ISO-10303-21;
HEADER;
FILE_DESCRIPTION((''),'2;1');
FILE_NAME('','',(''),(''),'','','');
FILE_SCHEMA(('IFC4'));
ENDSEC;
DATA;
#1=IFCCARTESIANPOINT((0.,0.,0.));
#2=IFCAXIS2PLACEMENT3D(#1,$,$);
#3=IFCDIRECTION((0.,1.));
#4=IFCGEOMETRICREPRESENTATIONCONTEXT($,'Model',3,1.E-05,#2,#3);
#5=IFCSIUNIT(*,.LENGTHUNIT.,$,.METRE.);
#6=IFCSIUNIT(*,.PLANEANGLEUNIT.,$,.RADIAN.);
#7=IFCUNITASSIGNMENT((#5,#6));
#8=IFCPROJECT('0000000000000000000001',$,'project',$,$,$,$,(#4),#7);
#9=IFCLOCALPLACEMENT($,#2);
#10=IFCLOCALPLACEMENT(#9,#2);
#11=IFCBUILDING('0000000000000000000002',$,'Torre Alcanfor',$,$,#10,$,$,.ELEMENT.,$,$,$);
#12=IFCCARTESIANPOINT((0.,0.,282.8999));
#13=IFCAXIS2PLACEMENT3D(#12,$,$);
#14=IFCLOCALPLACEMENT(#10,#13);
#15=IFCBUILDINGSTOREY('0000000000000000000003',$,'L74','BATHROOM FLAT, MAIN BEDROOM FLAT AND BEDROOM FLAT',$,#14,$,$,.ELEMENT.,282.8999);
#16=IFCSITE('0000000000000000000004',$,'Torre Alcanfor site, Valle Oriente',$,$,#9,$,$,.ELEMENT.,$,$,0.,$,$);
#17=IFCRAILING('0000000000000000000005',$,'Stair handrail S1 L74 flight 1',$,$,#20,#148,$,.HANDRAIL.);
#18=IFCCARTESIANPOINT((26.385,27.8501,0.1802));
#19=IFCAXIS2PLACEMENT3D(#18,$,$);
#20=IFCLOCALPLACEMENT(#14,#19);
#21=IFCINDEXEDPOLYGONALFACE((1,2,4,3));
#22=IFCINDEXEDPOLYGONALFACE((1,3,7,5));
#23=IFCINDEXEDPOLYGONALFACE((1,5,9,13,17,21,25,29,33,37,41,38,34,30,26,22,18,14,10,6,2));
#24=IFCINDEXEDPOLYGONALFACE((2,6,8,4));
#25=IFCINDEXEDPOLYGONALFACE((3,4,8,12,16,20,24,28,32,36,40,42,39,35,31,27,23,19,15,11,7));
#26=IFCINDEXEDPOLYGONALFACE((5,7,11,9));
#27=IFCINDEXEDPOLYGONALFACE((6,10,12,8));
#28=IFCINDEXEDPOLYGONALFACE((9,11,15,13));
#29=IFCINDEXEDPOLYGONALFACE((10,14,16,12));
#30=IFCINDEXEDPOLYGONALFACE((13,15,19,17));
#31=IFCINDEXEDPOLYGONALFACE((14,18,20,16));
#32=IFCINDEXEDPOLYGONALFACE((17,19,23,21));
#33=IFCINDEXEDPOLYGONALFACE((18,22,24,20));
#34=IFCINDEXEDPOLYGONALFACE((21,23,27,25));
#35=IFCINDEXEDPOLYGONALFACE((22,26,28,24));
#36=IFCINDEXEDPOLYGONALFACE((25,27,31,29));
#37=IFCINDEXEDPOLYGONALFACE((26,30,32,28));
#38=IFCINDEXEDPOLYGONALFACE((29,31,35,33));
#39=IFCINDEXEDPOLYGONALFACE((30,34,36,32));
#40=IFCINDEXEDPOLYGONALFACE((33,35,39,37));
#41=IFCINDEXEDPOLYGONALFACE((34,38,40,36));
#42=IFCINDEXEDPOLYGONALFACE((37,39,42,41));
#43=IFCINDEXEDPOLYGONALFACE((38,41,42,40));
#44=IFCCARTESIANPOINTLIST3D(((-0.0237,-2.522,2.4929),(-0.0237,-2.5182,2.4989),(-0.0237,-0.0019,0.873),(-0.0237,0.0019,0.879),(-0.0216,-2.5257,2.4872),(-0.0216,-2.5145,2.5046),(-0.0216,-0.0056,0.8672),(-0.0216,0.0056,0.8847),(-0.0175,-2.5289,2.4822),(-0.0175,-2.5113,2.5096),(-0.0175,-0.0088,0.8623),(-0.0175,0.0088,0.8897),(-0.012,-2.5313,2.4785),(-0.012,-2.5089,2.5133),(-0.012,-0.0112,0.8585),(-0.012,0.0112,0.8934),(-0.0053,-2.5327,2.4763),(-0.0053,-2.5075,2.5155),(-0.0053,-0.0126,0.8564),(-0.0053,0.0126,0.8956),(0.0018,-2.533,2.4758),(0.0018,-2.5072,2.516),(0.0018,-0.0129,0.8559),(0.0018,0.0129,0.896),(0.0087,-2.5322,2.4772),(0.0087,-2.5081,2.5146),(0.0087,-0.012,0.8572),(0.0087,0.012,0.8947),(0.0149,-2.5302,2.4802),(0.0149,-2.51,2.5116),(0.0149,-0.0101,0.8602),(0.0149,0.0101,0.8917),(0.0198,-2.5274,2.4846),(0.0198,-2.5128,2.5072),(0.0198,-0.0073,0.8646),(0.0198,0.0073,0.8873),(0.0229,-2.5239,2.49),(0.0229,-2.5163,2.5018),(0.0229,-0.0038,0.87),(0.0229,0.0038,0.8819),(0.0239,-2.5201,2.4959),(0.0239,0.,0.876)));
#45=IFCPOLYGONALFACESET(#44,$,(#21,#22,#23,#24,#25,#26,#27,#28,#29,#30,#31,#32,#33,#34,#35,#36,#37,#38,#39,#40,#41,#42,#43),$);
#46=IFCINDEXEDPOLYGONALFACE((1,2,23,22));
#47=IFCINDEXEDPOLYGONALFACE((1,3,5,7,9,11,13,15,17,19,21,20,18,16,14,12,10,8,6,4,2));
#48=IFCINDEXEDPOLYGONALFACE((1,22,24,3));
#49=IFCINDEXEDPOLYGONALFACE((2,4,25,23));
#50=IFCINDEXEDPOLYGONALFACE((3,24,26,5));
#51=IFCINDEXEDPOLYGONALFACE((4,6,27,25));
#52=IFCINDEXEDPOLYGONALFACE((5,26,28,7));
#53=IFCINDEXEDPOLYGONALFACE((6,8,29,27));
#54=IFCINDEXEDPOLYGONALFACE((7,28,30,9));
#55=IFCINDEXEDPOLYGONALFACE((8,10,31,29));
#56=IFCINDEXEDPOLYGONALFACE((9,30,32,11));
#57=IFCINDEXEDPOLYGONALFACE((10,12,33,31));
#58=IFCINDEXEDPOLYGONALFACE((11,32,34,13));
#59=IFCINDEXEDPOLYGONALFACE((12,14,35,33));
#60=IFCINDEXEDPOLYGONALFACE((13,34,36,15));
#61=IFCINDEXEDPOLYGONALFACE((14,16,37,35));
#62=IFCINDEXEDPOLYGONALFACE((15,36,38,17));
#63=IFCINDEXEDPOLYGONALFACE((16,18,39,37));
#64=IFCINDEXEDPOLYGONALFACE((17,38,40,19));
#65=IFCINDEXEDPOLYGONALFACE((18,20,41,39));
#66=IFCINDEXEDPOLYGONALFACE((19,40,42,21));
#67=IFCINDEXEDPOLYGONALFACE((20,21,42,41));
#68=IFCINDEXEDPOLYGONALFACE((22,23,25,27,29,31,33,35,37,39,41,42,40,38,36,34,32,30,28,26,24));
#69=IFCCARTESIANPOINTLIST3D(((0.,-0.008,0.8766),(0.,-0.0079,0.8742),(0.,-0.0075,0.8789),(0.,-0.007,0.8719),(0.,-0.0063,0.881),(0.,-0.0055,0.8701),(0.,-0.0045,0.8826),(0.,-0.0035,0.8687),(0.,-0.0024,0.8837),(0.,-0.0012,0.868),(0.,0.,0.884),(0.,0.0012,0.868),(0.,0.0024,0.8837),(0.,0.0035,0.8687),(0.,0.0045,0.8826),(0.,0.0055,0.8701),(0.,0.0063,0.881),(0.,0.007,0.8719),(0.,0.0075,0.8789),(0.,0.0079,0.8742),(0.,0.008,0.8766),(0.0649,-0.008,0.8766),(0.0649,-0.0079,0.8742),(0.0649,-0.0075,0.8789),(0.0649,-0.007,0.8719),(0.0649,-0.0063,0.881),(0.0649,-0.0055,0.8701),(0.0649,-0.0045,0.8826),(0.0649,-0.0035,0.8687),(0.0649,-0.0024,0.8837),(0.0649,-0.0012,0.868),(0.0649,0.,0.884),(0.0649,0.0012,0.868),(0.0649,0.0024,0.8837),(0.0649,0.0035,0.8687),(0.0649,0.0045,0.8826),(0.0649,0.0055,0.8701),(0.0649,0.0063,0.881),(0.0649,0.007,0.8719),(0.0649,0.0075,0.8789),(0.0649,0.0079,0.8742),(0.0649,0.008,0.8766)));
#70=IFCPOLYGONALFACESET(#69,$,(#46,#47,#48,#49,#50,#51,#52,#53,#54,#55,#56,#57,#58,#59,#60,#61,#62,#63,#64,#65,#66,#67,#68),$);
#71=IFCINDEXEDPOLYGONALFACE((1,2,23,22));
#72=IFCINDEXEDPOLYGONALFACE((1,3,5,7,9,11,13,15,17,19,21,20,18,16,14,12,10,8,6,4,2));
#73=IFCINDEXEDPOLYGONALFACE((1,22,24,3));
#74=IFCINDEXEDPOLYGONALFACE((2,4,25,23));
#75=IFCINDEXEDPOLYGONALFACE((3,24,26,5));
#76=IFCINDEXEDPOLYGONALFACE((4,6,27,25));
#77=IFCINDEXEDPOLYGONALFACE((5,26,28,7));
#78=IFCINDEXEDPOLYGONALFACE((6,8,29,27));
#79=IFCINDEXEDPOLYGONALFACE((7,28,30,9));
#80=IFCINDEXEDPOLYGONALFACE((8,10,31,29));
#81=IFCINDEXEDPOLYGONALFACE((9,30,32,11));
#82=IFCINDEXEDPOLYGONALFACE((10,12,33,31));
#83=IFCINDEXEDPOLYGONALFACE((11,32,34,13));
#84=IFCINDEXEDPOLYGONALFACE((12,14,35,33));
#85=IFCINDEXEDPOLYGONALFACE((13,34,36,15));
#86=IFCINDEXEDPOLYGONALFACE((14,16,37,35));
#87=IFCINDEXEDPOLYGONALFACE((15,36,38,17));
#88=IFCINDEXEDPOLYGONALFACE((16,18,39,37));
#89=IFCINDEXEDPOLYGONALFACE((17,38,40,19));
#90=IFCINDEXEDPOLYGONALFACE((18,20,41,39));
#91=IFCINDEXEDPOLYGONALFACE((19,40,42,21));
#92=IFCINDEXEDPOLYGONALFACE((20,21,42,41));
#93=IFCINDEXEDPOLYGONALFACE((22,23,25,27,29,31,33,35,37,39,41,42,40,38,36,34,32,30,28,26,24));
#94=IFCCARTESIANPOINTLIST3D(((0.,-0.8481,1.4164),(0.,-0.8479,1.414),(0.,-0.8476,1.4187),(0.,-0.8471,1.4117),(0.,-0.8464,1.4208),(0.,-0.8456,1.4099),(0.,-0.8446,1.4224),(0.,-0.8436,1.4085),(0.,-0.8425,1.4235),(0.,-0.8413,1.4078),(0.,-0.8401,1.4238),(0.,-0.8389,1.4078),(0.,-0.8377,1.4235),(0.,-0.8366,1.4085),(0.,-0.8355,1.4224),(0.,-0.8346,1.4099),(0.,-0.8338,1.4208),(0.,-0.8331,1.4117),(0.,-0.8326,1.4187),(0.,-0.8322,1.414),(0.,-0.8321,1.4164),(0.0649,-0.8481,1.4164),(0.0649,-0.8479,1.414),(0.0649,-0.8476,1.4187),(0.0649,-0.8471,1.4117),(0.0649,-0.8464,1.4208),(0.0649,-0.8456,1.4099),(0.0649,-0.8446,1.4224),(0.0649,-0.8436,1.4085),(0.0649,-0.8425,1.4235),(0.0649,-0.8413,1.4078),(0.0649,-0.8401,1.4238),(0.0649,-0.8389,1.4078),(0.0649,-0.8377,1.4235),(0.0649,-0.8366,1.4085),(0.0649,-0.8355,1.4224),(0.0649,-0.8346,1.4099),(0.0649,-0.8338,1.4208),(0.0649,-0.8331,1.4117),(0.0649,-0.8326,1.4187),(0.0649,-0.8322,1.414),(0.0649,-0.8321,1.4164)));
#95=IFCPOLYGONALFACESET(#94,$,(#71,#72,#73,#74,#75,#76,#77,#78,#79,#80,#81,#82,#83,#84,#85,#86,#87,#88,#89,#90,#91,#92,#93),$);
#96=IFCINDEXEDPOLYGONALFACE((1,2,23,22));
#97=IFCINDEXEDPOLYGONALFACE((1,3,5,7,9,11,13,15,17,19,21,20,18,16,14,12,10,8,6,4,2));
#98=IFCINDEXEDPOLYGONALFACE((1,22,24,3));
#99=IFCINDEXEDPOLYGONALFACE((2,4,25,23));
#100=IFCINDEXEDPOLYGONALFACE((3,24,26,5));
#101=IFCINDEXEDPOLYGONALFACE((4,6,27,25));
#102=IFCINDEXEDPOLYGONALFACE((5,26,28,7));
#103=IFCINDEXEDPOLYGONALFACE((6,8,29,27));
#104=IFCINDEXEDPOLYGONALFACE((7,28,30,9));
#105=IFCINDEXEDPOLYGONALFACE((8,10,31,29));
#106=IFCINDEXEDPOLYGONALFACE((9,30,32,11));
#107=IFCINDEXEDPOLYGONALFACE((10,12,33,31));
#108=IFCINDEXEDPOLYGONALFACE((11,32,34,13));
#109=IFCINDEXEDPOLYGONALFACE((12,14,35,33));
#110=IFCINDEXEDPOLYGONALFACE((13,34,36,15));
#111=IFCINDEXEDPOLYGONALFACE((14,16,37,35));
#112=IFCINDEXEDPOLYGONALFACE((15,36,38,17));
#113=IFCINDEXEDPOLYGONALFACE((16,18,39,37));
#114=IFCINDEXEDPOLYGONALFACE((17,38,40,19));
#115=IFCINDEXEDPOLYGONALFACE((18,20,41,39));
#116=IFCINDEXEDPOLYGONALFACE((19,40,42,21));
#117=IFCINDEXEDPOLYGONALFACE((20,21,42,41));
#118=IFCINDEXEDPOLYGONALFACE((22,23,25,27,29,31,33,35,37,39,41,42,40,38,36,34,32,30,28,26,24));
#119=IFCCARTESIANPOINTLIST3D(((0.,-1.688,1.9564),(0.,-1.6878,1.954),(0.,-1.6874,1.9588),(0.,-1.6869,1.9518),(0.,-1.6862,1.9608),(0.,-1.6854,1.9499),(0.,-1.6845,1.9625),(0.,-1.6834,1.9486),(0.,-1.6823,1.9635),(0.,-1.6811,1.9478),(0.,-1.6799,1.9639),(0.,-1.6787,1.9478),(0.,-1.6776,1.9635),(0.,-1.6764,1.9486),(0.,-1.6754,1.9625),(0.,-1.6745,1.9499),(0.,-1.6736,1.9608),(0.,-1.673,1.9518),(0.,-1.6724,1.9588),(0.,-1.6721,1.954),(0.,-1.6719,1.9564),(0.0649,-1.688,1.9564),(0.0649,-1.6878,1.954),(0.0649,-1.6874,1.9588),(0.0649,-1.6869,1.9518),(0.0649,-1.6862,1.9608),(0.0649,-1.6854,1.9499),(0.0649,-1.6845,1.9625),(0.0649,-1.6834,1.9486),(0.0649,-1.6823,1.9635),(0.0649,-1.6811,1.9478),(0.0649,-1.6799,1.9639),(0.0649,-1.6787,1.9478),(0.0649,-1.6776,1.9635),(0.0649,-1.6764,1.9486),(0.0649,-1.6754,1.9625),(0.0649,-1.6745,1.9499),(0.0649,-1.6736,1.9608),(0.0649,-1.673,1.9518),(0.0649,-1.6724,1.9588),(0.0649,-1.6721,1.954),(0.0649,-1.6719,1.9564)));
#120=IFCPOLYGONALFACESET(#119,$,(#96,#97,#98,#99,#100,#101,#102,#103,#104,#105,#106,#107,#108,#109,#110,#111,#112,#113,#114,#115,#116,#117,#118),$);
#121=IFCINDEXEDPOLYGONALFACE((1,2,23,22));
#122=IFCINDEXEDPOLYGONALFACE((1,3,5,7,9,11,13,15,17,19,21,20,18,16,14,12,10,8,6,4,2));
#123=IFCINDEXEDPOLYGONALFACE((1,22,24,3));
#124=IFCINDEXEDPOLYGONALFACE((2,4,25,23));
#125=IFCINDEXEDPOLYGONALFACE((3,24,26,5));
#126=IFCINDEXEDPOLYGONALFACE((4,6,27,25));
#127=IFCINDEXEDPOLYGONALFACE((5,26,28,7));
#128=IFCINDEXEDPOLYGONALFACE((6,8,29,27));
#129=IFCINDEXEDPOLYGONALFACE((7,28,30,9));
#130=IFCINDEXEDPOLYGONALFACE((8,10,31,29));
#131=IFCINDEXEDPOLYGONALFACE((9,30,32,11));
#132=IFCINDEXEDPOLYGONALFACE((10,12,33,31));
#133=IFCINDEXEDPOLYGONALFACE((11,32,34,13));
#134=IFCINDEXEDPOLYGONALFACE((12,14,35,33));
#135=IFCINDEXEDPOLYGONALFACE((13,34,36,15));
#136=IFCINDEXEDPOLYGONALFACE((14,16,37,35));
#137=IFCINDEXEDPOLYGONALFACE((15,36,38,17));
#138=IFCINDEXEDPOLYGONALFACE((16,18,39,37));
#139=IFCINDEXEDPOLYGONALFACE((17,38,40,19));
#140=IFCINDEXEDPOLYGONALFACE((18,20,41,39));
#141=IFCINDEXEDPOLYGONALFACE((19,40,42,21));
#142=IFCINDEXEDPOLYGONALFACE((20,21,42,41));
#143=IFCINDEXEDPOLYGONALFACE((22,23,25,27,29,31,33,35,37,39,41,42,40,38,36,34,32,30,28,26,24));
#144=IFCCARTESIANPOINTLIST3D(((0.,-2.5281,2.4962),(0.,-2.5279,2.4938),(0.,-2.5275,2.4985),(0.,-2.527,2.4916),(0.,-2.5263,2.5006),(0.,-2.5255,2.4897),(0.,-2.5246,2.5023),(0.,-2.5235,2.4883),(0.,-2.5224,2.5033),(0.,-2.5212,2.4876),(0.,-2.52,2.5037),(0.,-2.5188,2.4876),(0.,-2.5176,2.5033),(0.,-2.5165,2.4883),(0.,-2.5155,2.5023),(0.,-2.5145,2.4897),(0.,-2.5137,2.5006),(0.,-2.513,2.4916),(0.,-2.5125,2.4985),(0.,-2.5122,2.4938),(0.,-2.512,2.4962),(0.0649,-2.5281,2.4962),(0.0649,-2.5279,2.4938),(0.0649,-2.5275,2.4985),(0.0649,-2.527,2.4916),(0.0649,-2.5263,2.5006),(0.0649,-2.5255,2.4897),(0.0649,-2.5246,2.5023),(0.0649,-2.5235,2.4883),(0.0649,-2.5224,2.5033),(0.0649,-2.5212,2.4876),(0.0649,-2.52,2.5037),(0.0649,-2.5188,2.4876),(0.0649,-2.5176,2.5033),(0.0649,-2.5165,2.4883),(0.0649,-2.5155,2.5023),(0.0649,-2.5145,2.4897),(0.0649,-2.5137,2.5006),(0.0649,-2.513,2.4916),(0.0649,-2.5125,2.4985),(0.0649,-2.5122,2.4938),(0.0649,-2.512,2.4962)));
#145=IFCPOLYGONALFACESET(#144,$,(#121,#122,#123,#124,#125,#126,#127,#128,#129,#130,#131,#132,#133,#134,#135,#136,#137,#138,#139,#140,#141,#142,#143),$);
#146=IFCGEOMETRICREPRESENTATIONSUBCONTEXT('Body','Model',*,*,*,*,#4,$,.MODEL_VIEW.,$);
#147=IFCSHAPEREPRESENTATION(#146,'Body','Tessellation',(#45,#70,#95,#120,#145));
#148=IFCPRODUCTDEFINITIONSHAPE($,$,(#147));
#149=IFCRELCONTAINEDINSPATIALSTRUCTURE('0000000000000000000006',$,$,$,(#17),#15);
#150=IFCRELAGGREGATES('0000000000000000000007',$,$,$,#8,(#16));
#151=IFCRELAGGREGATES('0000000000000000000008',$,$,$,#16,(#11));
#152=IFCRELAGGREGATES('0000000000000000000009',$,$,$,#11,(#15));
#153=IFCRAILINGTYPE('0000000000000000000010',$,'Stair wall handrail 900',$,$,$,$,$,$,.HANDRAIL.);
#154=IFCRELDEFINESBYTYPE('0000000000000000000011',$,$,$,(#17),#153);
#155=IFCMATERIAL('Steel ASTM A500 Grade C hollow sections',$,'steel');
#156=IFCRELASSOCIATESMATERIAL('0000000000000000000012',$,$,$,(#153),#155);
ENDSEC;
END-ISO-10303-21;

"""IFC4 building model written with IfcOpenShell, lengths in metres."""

from ifc_helpers import new_model, si_unit, direction, frame, origin, origin_2d, place, context, subcontext, project, spatial, circle, extrude, material, type_object, element, save


model = new_model("IFC4")

# Units and contexts
model_context = context("Model", 3, precision=1e-05, world=origin(), true_north=direction((0.0, 1.0)))
body_context = subcontext(model_context, "Body", "Model", "MODEL_VIEW")
ifc_project = project(units=[si_unit("LENGTHUNIT", "METRE"), si_unit("PLANEANGLEUNIT", "RADIAN")], contexts=[model_context])

# Site, building, storey
site_placement = place(None, origin())
site = spatial("IfcSite", under=ifc_project, at=site_placement, Name="Torre Alcanfor site, Valle Oriente", CompositionType="ELEMENT", RefElevation=0.0)
building_placement = place(site_placement, origin())
building = spatial("IfcBuilding", under=site, at=building_placement, Name="Torre Alcanfor", CompositionType="ELEMENT")
storey_placement = place(building_placement, frame((0.0, 0.0, 282.8999)))
storey = spatial("IfcBuildingStorey", under=building, at=storey_placement, Name="L74", Description="BATHROOM FLAT, MAIN BEDROOM FLAT AND BEDROOM FLAT", CompositionType="ELEMENT", Elevation=282.8999)

# Railing
ifc_material_1 = material(Name="Steel ASTM A500 Grade C hollow sections", Category="steel")
railing_type_1 = type_object("IfcRailingType", Name="Stair wall handrail 900", PredefinedType="HANDRAIL", material=ifc_material_1)
railing_1_placement = place(storey_placement, frame((26.385, 27.8501, 0.1802)))
element("IfcRailing", 1, at=railing_1_placement, inside=storey, type_object=railing_type_1, Name="Stair handrail S1 L74 flight 1", PredefinedType="HANDRAIL", context=body_context, shape_type="SweptSolid", body=[
    extrude(circle(Radius=0.0239, at=origin_2d()), frame((0.0, 0.0, 0.876), z_axis=(0.0, -0.8412, 0.540725), x_axis=(1.0, 0.0, 0.0)), (0.0, 0.0, 1.0), 2.9958),
    extrude(circle(Radius=0.0081, at=origin_2d()), frame((0.0, 0.0, 0.876), z_axis=(1.0, 0.0, 0.0), x_axis=(0.0, 0.0, 1.0)), (0.0, 0.0, 1.0), 0.0649),
    extrude(circle(Radius=0.0081, at=origin_2d()), frame((0.0, -0.8401, 1.4158), z_axis=(1.0, 0.0, 0.0), x_axis=(0.0, 0.0, 1.0)), (0.0, 0.0, 1.0), 0.0649),
    extrude(circle(Radius=0.0081, at=origin_2d()), frame((0.0, -1.6799, 1.9558), z_axis=(1.0, 0.0, 0.0), x_axis=(0.0, 0.0, 1.0)), (0.0, 0.0, 1.0), 0.0649),
    extrude(circle(Radius=0.0081, at=origin_2d()), frame((0.0, -2.52, 2.4956), z_axis=(1.0, 0.0, 0.0), x_axis=(0.0, 0.0, 1.0)), (0.0, 0.0, 1.0), 0.0649),
])

save(model, "model.ifc")
